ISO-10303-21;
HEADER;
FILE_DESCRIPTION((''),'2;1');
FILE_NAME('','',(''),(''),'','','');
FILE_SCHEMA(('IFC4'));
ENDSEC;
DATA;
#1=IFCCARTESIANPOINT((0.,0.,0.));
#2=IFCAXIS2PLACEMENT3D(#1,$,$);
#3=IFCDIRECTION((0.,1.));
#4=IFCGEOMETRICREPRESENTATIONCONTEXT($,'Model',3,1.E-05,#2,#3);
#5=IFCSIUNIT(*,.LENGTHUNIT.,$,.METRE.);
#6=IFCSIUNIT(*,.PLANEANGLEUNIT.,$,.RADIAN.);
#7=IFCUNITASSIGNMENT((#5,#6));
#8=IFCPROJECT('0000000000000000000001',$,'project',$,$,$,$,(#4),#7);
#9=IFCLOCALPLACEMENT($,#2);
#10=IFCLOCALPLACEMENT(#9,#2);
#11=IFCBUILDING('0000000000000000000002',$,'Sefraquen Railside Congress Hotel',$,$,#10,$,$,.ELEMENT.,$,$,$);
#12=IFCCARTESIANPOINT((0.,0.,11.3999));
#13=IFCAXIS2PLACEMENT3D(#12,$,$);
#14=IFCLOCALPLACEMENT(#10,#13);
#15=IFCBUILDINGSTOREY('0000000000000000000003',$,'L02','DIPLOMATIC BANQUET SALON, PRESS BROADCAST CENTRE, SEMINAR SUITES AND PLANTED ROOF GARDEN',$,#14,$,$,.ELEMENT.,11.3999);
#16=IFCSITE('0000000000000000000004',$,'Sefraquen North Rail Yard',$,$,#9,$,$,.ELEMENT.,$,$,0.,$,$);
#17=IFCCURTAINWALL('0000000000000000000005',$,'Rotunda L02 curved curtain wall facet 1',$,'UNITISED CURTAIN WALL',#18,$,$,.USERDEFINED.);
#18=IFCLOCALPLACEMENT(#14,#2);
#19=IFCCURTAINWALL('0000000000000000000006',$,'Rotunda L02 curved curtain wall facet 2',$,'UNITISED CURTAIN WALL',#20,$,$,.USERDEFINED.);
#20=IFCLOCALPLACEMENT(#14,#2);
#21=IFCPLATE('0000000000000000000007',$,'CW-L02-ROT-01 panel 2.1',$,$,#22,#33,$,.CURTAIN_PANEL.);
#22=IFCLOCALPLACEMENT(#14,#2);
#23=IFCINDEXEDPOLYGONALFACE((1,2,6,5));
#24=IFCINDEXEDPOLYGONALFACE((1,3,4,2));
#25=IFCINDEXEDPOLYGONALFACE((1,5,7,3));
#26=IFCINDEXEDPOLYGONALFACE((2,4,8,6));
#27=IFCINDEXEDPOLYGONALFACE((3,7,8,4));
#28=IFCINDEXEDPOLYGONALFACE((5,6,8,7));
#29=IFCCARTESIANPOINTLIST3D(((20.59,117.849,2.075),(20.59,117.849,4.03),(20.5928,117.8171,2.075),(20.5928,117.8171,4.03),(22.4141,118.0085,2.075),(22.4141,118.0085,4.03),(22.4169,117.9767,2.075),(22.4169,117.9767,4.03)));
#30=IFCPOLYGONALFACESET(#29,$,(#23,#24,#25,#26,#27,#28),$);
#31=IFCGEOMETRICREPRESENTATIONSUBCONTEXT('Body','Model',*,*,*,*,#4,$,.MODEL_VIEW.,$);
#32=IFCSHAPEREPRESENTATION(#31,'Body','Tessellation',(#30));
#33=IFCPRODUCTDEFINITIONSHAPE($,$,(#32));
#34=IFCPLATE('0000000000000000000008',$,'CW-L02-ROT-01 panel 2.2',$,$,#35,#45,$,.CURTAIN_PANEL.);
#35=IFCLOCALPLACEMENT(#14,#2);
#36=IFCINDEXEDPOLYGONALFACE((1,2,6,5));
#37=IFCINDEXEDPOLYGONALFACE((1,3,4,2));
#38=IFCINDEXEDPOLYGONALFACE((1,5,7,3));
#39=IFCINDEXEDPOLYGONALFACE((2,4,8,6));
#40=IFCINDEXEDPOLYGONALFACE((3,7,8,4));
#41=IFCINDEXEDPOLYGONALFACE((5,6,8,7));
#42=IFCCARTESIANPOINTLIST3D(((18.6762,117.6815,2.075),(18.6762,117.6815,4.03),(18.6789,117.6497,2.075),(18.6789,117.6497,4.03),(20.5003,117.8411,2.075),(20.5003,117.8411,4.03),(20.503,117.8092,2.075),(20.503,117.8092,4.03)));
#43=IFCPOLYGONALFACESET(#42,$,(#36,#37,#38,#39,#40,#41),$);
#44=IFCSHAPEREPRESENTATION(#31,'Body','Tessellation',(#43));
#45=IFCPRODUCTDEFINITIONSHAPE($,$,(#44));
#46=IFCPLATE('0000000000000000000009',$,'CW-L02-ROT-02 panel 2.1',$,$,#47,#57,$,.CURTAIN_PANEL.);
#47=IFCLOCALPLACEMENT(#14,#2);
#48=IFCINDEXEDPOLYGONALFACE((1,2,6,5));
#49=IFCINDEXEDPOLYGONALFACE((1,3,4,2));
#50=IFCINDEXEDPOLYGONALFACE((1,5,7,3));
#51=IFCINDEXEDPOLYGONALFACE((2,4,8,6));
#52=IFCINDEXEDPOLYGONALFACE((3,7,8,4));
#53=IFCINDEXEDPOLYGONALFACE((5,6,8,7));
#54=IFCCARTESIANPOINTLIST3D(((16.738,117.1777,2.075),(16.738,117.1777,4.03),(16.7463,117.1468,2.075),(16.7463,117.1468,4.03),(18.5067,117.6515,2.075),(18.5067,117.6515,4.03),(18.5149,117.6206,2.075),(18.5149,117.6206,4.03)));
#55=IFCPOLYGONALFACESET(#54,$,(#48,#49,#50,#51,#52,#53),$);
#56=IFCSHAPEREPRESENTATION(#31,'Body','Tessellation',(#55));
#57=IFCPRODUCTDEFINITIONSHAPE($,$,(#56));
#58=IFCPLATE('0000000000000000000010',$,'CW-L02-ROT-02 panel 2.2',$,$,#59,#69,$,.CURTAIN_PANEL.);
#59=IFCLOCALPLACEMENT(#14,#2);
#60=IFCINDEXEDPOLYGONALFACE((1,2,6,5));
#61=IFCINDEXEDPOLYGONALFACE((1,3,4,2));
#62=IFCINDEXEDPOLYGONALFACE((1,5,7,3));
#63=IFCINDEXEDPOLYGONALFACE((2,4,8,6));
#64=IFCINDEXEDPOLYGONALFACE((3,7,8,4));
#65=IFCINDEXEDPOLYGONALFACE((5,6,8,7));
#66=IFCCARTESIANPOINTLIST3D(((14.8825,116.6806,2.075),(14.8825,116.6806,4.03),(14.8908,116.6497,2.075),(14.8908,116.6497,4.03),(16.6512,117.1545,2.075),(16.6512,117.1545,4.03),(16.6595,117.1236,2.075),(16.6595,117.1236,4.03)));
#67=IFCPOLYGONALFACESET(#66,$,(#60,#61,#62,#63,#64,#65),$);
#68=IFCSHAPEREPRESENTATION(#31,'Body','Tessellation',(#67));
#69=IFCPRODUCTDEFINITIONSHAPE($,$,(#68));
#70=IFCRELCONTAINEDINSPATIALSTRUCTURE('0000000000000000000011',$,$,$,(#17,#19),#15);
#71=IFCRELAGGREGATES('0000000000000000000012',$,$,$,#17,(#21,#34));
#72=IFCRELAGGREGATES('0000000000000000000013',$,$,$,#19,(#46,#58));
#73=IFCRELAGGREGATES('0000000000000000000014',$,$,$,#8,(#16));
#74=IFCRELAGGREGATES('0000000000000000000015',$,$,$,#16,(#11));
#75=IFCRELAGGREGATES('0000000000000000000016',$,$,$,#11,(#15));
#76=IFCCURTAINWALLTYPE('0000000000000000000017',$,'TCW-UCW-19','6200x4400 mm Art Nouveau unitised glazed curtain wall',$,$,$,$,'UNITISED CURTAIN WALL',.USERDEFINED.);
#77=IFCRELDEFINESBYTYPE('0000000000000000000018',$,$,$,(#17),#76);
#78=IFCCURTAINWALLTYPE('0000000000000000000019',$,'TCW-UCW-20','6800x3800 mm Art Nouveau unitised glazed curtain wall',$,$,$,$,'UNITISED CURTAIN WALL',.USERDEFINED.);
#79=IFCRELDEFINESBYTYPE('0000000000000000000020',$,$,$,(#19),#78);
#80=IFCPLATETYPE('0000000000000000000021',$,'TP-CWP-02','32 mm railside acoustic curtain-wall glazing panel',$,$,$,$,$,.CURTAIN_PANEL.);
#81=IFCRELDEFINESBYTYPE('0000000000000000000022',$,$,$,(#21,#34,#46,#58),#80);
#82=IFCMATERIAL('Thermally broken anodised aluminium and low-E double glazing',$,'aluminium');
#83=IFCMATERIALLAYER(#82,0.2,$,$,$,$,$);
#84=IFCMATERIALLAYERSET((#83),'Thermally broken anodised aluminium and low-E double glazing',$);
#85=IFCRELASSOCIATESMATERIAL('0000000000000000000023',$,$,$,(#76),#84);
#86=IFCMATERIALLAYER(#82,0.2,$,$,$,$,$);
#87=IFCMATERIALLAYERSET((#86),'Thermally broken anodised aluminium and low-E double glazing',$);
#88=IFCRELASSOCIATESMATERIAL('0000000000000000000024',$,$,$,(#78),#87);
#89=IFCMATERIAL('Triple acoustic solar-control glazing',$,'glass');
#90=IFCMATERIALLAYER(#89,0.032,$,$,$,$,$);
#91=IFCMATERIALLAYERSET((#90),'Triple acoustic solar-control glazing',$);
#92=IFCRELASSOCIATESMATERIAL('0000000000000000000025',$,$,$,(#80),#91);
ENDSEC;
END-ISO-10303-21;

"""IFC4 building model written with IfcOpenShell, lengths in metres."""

from ifc_helpers import new_model, si_unit, direction, frame, origin, origin_2d, place, context, subcontext, project, spatial, rectangle, extrude, material, layer, layer_set, type_object, element, aggregate, save


model = new_model("IFC4")

# Units and contexts
model_context = context("Model", 3, precision=1e-05, world=origin(), true_north=direction((0.0, 1.0)))
body_context = subcontext(model_context, "Body", "Model", "MODEL_VIEW")
ifc_project = project(units=[si_unit("LENGTHUNIT", "METRE"), si_unit("PLANEANGLEUNIT", "RADIAN")], contexts=[model_context])

# Site, building, storey
site_placement = place(None, origin())
site = spatial("IfcSite", under=ifc_project, at=site_placement, Name="Sefraquen North Rail Yard", CompositionType="ELEMENT", RefElevation=0.0)
building_placement = place(site_placement, origin())
building = spatial("IfcBuilding", under=site, at=building_placement, Name="Sefraquen Railside Congress Hotel", CompositionType="ELEMENT")
storey_placement = place(building_placement, frame((0.0, 0.0, 11.3999)))
storey = spatial("IfcBuildingStorey", under=building, at=storey_placement, Name="L02", Description="DIPLOMATIC BANQUET SALON, PRESS BROADCAST CENTRE, SEMINAR SUITES AND PLANTED ROOF GARDEN", CompositionType="ELEMENT", Elevation=11.3999)

# Curtain walls
ifc_material_1 = material(Name="Thermally broken anodised aluminium and low-E double glazing", Category="aluminium")
ifc_layer_1 = layer(ifc_material_1, 0.2)
ifc_layer_set_1 = layer_set([ifc_layer_1], Name="Thermally broken anodised aluminium and low-E double glazing")
curtain_wall_type_1 = type_object("IfcCurtainWallType", Name="TCW-UCW-19", Description="6200x4400 mm Art Nouveau unitised glazed curtain wall", ElementType="UNITISED CURTAIN WALL", PredefinedType="USERDEFINED", material=ifc_layer_set_1)
curtain_wall_1_placement = place(storey_placement, origin())
curtain_wall_1 = element("IfcCurtainWall", 1, at=curtain_wall_1_placement, inside=storey, type_object=curtain_wall_type_1, Name="Rotunda L02 curved curtain wall facet 1", ObjectType="UNITISED CURTAIN WALL", PredefinedType="USERDEFINED")
ifc_layer_2 = layer(ifc_material_1, 0.2)
ifc_layer_set_2 = layer_set([ifc_layer_2], Name="Thermally broken anodised aluminium and low-E double glazing")
curtain_wall_type_2 = type_object("IfcCurtainWallType", Name="TCW-UCW-20", Description="6800x3800 mm Art Nouveau unitised glazed curtain wall", ElementType="UNITISED CURTAIN WALL", PredefinedType="USERDEFINED", material=ifc_layer_set_2)
curtain_wall_2_placement = place(storey_placement, origin())
curtain_wall_2 = element("IfcCurtainWall", 2, at=curtain_wall_2_placement, inside=storey, type_object=curtain_wall_type_2, Name="Rotunda L02 curved curtain wall facet 2", ObjectType="UNITISED CURTAIN WALL", PredefinedType="USERDEFINED")

# Plates
ifc_material_2 = material(Name="Triple acoustic solar-control glazing", Category="glass")
ifc_layer_3 = layer(ifc_material_2, 0.032)
ifc_layer_set_3 = layer_set([ifc_layer_3], Name="Triple acoustic solar-control glazing")
plate_type_1 = type_object("IfcPlateType", Name="TP-CWP-02", Description="32 mm railside acoustic curtain-wall glazing panel", PredefinedType="CURTAIN_PANEL", material=ifc_layer_set_3)
plate_1_placement = place(storey_placement, frame((21.5034, 117.9128, 2.075), z_axis=(0.0, 0.0, 1.0), x_axis=(-0.996196, -0.087138, 0.0)))
plate_1 = element("IfcPlate", 3, at=plate_1_placement, type_object=plate_type_1, Name="CW-L02-ROT-01 panel 2.1", PredefinedType="CURTAIN_PANEL", context=body_context, shape_type="SweptSolid", body=[
    extrude(rectangle(XDim=1.8311, YDim=0.032, at=origin_2d()), origin(), (0.0, 0.0, 1.0), 1.9551),
])
plate_2_placement = place(storey_placement, frame((19.5896, 117.7454, 2.075), z_axis=(0.0, 0.0, 1.0), x_axis=(-0.996196, -0.087138, 0.0)))
plate_2 = element("IfcPlate", 4, at=plate_2_placement, type_object=plate_type_1, Name="CW-L02-ROT-01 panel 2.2", PredefinedType="CURTAIN_PANEL", context=body_context, shape_type="SweptSolid", body=[
    extrude(rectangle(XDim=1.8311, YDim=0.032, at=origin_2d()), origin(), (0.0, 0.0, 1.0), 1.9551),
])
aggregate(curtain_wall_1, [plate_1, plate_2])
plate_3_placement = place(storey_placement, frame((17.6265, 117.3992, 2.075), z_axis=(0.0, 0.0, 1.0), x_axis=(-0.965935, -0.258785, 0.0)))
plate_3 = element("IfcPlate", 5, at=plate_3_placement, type_object=plate_type_1, Name="CW-L02-ROT-02 panel 2.1", PredefinedType="CURTAIN_PANEL", context=body_context, shape_type="SweptSolid", body=[
    extrude(rectangle(XDim=1.8311, YDim=0.032, at=origin_2d()), origin(), (0.0, 0.0, 1.0), 1.9551),
])
plate_4_placement = place(storey_placement, frame((15.771, 116.9021, 2.075), z_axis=(0.0, 0.0, 1.0), x_axis=(-0.965935, -0.258785, 0.0)))
plate_4 = element("IfcPlate", 6, at=plate_4_placement, type_object=plate_type_1, Name="CW-L02-ROT-02 panel 2.2", PredefinedType="CURTAIN_PANEL", context=body_context, shape_type="SweptSolid", body=[
    extrude(rectangle(XDim=1.8311, YDim=0.032, at=origin_2d()), origin(), (0.0, 0.0, 1.0), 1.9551),
])
aggregate(curtain_wall_2, [plate_3, plate_4])

save(model, "model.ifc")
